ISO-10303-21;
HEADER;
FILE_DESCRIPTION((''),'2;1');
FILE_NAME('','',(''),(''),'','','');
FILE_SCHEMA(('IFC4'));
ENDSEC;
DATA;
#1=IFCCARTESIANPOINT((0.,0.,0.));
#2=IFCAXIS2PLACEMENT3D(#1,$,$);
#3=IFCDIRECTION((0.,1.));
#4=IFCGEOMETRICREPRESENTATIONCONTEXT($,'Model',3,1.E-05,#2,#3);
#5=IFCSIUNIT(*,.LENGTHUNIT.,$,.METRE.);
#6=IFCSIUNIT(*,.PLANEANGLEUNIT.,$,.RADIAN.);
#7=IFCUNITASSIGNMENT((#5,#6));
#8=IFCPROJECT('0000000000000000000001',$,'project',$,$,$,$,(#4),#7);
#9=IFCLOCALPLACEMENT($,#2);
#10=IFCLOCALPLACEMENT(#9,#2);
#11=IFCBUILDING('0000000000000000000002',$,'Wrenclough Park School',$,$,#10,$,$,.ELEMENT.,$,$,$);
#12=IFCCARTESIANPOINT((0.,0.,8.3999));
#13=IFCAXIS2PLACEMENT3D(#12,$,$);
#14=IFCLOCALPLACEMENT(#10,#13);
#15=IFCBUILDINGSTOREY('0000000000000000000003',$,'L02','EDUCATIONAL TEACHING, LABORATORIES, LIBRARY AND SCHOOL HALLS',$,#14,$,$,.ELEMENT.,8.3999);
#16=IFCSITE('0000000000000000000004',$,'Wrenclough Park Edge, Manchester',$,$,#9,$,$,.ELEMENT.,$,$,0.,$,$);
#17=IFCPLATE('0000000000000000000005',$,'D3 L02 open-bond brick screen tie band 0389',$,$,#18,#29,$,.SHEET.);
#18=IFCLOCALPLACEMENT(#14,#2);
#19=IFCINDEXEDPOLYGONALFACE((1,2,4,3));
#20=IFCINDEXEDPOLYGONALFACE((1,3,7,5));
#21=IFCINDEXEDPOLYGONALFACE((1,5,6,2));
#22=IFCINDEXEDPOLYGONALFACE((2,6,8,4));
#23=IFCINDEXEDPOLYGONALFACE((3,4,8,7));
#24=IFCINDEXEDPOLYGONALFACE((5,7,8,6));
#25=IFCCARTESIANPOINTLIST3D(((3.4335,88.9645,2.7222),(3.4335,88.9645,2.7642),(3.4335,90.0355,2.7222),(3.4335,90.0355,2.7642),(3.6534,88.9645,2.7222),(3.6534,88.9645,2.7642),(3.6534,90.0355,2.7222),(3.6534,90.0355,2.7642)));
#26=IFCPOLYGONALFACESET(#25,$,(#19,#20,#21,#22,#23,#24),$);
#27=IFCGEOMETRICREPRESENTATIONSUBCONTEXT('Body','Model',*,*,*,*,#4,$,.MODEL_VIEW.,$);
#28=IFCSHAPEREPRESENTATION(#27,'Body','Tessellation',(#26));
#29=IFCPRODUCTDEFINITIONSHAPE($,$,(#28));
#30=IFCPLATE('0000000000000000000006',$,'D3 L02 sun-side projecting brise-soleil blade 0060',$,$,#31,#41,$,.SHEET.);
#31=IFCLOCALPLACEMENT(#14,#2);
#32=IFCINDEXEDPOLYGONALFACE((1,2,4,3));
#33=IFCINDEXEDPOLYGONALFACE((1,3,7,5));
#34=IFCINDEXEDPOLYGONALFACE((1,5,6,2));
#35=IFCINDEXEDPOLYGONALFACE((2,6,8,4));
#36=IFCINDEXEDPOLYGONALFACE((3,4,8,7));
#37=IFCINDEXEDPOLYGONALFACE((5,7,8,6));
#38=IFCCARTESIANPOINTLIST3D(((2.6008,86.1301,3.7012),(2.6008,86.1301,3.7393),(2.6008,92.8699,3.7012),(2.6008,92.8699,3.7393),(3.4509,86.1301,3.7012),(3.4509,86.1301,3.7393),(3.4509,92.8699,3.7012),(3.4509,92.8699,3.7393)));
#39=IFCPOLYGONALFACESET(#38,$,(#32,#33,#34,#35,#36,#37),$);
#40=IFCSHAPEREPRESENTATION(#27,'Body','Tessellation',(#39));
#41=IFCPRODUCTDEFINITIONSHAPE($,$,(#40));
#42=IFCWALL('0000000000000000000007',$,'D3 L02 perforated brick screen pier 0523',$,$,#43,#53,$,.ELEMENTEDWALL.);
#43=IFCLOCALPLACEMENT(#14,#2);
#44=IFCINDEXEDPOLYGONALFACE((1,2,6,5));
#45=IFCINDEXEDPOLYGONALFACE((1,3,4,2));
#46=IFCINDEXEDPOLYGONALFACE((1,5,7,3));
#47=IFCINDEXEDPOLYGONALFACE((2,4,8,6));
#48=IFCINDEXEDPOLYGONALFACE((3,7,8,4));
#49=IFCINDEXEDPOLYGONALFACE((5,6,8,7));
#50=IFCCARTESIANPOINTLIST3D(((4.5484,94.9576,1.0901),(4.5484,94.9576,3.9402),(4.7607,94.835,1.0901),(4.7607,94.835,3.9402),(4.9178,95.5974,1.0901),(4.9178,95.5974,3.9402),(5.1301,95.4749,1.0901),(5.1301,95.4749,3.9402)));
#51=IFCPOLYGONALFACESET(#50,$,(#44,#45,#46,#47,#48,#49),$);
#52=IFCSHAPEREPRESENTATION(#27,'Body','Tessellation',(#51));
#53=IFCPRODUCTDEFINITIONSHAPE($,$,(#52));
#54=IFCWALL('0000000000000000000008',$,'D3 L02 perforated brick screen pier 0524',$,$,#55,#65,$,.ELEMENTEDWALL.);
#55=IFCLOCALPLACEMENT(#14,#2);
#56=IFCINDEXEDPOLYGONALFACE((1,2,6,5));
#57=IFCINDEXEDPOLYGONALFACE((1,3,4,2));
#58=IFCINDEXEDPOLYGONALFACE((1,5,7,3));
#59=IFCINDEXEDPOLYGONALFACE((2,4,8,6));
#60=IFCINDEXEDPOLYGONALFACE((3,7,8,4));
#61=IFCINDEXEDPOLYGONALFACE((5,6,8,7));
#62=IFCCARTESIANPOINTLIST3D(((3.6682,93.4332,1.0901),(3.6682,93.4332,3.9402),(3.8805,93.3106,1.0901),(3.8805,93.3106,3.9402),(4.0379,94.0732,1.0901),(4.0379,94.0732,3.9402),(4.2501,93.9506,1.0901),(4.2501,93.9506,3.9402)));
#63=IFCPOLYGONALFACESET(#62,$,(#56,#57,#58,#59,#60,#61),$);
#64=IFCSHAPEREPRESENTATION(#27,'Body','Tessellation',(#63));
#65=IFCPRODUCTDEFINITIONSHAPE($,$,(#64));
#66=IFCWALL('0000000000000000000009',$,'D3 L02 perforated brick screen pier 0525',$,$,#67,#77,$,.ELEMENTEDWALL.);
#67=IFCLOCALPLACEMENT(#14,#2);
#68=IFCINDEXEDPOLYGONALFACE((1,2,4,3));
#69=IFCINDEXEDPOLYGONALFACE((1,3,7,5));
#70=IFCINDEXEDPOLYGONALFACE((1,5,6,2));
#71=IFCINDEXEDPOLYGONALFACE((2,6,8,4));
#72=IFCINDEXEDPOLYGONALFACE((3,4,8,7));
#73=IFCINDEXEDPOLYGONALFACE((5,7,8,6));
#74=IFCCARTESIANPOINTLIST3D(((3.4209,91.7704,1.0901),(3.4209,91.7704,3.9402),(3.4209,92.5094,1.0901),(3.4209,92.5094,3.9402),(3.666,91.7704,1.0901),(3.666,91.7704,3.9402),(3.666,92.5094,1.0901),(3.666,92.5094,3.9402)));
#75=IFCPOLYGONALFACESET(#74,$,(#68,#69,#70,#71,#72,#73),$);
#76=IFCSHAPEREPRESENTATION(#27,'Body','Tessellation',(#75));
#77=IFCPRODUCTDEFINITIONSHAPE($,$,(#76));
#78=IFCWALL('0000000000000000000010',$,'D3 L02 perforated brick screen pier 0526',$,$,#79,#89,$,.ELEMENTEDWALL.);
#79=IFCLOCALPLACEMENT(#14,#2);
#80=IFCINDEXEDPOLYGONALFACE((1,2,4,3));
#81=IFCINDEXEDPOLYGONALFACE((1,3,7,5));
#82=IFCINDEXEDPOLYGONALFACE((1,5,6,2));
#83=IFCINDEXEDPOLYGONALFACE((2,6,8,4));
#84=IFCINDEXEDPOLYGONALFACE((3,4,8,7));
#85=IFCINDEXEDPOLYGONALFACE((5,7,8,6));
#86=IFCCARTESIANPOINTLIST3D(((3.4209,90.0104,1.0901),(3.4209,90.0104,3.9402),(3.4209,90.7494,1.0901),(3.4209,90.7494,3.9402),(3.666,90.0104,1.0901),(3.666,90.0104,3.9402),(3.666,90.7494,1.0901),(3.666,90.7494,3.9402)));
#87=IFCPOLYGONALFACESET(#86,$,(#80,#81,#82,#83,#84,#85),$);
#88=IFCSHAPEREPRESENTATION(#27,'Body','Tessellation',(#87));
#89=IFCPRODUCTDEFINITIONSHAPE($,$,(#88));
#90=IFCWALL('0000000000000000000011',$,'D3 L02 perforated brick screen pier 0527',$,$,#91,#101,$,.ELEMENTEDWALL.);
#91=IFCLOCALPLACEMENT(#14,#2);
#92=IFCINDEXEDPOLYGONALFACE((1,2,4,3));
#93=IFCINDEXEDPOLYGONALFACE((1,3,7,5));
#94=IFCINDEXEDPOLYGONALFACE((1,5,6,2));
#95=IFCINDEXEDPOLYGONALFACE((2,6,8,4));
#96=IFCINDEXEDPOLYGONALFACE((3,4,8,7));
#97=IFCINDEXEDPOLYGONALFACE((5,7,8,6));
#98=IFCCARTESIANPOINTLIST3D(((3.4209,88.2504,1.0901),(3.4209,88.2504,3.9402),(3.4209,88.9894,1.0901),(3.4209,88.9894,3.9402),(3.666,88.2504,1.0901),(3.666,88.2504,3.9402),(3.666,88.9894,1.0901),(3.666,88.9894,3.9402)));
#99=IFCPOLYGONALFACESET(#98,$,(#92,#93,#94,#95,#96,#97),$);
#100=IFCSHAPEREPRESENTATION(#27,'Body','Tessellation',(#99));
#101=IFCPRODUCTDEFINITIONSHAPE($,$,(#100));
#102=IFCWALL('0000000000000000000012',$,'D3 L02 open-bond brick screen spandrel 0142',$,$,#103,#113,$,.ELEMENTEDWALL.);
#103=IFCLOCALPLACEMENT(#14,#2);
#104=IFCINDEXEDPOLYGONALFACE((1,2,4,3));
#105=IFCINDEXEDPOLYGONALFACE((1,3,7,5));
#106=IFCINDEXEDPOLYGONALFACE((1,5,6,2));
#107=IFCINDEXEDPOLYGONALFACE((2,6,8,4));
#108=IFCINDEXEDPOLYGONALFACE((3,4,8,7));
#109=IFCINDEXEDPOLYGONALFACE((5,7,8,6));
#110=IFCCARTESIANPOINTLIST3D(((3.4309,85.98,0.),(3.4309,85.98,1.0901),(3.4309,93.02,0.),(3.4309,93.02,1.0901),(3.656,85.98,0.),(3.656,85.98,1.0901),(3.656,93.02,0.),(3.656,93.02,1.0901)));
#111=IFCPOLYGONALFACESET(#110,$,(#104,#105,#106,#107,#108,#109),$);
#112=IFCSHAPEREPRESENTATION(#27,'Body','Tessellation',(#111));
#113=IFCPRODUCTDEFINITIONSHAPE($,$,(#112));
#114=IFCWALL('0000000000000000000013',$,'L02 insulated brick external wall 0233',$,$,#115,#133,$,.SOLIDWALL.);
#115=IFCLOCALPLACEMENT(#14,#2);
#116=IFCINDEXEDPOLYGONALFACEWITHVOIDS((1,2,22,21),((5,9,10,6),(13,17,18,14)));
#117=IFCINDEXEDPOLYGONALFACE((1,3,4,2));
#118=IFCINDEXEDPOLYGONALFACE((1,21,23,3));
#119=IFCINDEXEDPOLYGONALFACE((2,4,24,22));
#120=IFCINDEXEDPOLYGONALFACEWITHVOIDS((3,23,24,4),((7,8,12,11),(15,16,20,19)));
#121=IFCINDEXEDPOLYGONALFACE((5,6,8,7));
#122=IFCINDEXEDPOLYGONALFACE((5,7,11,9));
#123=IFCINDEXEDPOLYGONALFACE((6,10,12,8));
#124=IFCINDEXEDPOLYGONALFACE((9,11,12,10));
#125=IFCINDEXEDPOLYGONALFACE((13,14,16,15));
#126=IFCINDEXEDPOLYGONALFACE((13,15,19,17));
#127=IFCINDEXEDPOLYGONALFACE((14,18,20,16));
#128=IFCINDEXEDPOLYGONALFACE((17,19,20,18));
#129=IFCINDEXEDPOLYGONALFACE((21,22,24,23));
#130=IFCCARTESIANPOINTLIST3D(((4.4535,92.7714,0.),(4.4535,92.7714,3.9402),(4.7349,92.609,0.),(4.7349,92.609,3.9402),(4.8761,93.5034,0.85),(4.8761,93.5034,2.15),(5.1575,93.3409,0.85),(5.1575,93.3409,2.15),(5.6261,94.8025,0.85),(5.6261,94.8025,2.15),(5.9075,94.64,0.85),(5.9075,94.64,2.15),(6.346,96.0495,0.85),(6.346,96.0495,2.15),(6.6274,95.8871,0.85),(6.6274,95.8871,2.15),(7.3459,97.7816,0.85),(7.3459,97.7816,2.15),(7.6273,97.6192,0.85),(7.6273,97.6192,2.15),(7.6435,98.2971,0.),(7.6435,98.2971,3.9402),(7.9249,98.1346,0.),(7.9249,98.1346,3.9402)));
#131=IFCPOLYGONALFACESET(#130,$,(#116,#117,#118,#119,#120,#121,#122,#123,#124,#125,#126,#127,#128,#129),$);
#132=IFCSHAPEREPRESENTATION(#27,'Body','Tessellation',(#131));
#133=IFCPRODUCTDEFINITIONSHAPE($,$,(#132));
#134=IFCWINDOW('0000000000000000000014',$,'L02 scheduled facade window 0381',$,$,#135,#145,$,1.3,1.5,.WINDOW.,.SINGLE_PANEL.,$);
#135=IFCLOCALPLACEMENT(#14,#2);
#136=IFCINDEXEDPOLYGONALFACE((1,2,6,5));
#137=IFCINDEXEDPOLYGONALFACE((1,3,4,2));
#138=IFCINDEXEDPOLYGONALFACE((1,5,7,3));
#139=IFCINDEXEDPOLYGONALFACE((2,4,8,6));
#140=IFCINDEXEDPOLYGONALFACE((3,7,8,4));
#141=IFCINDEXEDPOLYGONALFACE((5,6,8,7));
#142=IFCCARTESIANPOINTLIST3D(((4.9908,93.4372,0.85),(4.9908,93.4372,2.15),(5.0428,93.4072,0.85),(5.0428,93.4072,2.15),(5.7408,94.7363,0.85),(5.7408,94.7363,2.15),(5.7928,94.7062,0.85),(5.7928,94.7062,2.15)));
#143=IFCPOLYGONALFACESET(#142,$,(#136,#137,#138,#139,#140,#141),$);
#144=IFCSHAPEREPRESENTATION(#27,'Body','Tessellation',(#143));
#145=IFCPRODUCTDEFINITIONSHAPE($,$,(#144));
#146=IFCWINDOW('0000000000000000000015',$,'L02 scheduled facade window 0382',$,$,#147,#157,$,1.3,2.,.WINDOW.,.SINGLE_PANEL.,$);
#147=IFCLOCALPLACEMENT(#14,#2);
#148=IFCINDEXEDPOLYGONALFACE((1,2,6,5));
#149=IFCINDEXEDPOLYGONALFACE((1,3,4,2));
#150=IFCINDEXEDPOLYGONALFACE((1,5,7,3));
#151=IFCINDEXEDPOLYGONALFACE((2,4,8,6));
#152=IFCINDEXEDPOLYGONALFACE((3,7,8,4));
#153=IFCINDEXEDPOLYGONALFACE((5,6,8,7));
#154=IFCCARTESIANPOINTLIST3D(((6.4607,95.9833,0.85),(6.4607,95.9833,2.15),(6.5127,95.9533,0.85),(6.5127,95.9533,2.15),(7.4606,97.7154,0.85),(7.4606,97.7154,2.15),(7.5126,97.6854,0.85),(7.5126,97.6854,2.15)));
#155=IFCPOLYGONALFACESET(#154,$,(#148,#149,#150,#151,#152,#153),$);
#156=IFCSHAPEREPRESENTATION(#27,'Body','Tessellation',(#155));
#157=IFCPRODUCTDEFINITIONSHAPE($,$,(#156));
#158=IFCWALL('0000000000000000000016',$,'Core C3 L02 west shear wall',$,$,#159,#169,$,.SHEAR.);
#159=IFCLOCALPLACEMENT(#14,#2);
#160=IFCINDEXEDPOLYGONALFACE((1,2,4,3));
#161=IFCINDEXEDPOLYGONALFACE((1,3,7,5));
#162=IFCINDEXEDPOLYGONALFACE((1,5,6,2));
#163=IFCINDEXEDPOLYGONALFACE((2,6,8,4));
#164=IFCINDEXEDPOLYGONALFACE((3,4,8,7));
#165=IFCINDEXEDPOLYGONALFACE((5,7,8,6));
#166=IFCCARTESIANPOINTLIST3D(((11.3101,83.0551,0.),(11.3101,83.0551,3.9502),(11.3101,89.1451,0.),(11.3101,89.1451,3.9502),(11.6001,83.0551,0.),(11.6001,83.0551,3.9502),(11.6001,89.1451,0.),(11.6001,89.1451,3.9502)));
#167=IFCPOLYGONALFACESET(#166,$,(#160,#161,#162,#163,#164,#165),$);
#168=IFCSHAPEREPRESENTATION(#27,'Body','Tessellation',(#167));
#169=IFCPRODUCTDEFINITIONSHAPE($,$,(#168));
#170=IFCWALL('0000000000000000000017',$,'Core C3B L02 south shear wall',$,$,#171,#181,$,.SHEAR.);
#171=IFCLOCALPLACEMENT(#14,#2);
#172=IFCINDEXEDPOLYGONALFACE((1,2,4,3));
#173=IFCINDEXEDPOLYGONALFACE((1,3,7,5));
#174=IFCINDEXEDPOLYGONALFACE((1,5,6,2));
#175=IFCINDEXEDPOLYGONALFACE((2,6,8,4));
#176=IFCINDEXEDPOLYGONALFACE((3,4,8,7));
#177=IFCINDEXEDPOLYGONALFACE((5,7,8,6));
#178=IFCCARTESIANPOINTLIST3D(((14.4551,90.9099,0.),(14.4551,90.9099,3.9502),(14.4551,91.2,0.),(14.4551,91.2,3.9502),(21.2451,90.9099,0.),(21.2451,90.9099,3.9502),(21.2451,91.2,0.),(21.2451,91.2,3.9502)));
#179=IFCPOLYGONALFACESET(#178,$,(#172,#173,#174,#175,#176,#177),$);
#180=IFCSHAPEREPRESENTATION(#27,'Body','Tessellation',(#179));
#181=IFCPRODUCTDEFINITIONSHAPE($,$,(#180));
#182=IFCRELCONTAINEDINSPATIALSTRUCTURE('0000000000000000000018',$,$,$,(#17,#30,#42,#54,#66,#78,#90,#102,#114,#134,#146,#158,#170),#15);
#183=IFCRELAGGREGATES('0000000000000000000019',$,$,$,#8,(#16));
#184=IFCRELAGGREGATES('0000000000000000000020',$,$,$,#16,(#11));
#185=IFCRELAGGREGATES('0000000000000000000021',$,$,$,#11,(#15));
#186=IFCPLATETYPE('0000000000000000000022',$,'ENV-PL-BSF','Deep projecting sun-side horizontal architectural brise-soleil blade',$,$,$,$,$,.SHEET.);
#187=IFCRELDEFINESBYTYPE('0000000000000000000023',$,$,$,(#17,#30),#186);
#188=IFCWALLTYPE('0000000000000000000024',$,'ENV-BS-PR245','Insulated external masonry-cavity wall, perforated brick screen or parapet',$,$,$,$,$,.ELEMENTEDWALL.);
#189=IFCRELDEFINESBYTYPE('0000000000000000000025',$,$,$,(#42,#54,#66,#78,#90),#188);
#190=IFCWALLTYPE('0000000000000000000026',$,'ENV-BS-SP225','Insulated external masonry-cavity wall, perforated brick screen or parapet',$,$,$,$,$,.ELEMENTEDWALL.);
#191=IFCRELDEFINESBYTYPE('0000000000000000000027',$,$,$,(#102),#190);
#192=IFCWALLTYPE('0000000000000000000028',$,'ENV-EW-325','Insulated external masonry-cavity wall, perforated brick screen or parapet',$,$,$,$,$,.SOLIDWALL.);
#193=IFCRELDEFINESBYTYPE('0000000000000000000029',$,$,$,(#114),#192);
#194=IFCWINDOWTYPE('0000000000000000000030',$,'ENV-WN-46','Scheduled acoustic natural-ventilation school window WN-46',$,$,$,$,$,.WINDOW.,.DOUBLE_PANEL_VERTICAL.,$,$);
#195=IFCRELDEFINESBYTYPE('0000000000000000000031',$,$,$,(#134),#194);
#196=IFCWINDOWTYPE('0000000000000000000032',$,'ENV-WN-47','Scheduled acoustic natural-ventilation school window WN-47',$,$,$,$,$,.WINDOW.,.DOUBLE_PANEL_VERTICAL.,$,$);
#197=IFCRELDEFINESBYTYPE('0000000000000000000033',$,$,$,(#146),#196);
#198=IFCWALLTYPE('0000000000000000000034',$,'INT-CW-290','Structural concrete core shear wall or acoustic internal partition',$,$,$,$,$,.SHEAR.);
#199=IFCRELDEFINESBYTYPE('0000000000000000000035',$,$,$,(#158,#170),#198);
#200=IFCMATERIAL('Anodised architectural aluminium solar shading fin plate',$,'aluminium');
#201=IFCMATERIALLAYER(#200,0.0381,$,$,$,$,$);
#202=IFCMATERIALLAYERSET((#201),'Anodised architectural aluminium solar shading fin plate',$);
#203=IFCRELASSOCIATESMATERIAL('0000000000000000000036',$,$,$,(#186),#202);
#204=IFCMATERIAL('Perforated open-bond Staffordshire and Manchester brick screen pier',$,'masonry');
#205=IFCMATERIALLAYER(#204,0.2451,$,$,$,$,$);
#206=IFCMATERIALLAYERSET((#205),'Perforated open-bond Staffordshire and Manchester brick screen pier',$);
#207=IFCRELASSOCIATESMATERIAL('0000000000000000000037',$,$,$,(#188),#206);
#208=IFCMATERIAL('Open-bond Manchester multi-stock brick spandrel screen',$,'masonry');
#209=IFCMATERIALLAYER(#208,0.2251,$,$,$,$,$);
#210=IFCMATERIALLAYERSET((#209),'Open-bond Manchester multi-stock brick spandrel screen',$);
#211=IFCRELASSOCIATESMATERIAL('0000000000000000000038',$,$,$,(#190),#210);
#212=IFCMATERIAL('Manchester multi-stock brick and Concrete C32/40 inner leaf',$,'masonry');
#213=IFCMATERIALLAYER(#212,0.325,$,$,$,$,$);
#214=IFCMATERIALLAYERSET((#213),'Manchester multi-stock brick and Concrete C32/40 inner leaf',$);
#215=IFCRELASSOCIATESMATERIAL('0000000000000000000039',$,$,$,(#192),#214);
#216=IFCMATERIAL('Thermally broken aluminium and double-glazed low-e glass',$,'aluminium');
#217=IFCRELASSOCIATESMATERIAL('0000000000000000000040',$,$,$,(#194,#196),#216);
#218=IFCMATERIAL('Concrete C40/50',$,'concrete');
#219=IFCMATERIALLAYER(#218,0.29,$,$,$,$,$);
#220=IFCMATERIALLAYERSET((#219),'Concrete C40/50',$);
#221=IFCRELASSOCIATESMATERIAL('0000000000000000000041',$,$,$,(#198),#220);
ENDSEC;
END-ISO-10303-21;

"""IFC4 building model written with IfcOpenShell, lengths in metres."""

from ifc_helpers import new_model, si_unit, direction, frame, frame_2d, origin, origin_2d, place, context, subcontext, project, spatial, rectangle, extrude, material, layer, layer_set, type_object, element, fill, save


model = new_model("IFC4")

# Units and contexts
model_context = context("Model", 3, precision=1e-05, world=origin(), true_north=direction((0.0, 1.0)))
body_context = subcontext(model_context, "Body", "Model", "MODEL_VIEW")
ifc_project = project(units=[si_unit("LENGTHUNIT", "METRE"), si_unit("PLANEANGLEUNIT", "RADIAN")], contexts=[model_context])

# Site, building, storey
site_placement = place(None, origin())
site = spatial("IfcSite", under=ifc_project, at=site_placement, Name="Wrenclough Park Edge, Manchester", CompositionType="ELEMENT", RefElevation=0.0)
building_placement = place(site_placement, origin())
building = spatial("IfcBuilding", under=site, at=building_placement, Name="Wrenclough Park School", CompositionType="ELEMENT")
storey_placement = place(building_placement, frame((0.0, 0.0, 8.3999)))
storey = spatial("IfcBuildingStorey", under=building, at=storey_placement, Name="L02", Description="EDUCATIONAL TEACHING, LABORATORIES, LIBRARY AND SCHOOL HALLS", CompositionType="ELEMENT", Elevation=8.3999)

# Plates
ifc_material_1 = material(Name="Anodised architectural aluminium solar shading fin plate", Category="aluminium")
ifc_layer_1 = layer(ifc_material_1, 0.0381)
ifc_layer_set_1 = layer_set([ifc_layer_1], Name="Anodised architectural aluminium solar shading fin plate")
plate_type = type_object("IfcPlateType", Name="ENV-PL-BSF", Description="Deep projecting sun-side horizontal architectural brise-soleil blade", PredefinedType="SHEET", material=ifc_layer_set_1)
plate_1_placement = place(storey_placement, frame((3.5435, 89.5, 2.7222), z_axis=(0.0, 0.0, 1.0), x_axis=(0.0, -1.0, 0.0)))
element("IfcPlate", 1, at=plate_1_placement, inside=storey, type_object=plate_type, Name="D3 L02 open-bond brick screen tie band 0389", PredefinedType="SHEET", context=body_context, shape_type="SweptSolid", body=[
    extrude(rectangle(XDim=1.071, YDim=0.22, at=origin_2d()), origin(), (0.0, 0.0, 1.0), 0.042),
])
plate_2_placement = place(storey_placement, frame((3.0259, 89.5, 3.7012), z_axis=(0.0, 0.0, 1.0), x_axis=(0.0, -1.0, 0.0)))
element("IfcPlate", 2, at=plate_2_placement, inside=storey, type_object=plate_type, Name="D3 L02 sun-side projecting brise-soleil blade 0060", PredefinedType="SHEET", context=body_context, shape_type="SweptSolid", body=[
    extrude(rectangle(XDim=6.7397, YDim=0.8501, at=origin_2d()), origin(), (0.0, 0.0, 1.0), 0.0381),
])

# Walls
ifc_material_2 = material(Name="Perforated open-bond Staffordshire and Manchester brick screen pier", Category="masonry")
ifc_layer_2 = layer(ifc_material_2, 0.2451)
ifc_layer_set_2 = layer_set([ifc_layer_2], Name="Perforated open-bond Staffordshire and Manchester brick screen pier")
wall_type_1 = type_object("IfcWallType", Name="ENV-BS-PR245", Description="Insulated external masonry-cavity wall, perforated brick screen or parapet", PredefinedType="ELEMENTEDWALL", material=ifc_layer_set_2)
wall_1_placement = place(storey_placement, frame((5.0239, 95.5361, 1.0901), z_axis=(0.0, 0.0, 1.0), x_axis=(-0.499942, -0.866059, 0.0)))
element("IfcWall", 3, at=wall_1_placement, inside=storey, type_object=wall_type_1, Name="D3 L02 perforated brick screen pier 0523", PredefinedType="ELEMENTEDWALL", context=body_context, shape_type="SweptSolid", body=[
    extrude(rectangle(XDim=0.7388, YDim=0.2451, at=frame_2d((0.3694, 0.0))), origin(), (0.0, 0.0, 1.0), 2.8501),
])
for number, where, z_axis, x_axis, name in (
    (4, (4.144, 94.012, 1.0901), (0.0, 0.0, 1.0), (-0.50019, -0.865916, 0.0), "D3 L02 perforated brick screen pier 0524"),
    (5, (3.5435, 92.5095, 1.0901), (0.0, 0.0, 1.0), (0.0, -1.0, 0.0), "D3 L02 perforated brick screen pier 0525"),
    (6, (3.5435, 90.7495, 1.0901), (0.0, 0.0, 1.0), (0.0, -1.0, 0.0), "D3 L02 perforated brick screen pier 0526"),
    (7, (3.5435, 88.9895, 1.0901), (0.0, 0.0, 1.0), (0.0, -1.0, 0.0), "D3 L02 perforated brick screen pier 0527"),
):
    element("IfcWall", number, at=place(storey_placement, frame(where, z_axis=z_axis, x_axis=x_axis)), inside=storey, type_object=wall_type_1, Name=name, PredefinedType="ELEMENTEDWALL", context=body_context, shape_type="SweptSolid", body=[
        extrude(rectangle(XDim=0.739, YDim=0.2451, at=frame_2d((0.3696, 0.0))), origin(), (0.0, 0.0, 1.0), 2.8501),
    ])
ifc_material_3 = material(Name="Open-bond Manchester multi-stock brick spandrel screen", Category="masonry")
ifc_layer_3 = layer(ifc_material_3, 0.2251)
ifc_layer_set_3 = layer_set([ifc_layer_3], Name="Open-bond Manchester multi-stock brick spandrel screen")
wall_type_2 = type_object("IfcWallType", Name="ENV-BS-SP225", Description="Insulated external masonry-cavity wall, perforated brick screen or parapet", PredefinedType="ELEMENTEDWALL", material=ifc_layer_set_3)
wall_2_placement = place(storey_placement, frame((3.5435, 93.02, 0.0), z_axis=(0.0, 0.0, 1.0), x_axis=(0.0, -1.0, 0.0)))
element("IfcWall", 8, at=wall_2_placement, inside=storey, type_object=wall_type_2, Name="D3 L02 open-bond brick screen spandrel 0142", PredefinedType="ELEMENTEDWALL", context=body_context, shape_type="SweptSolid", body=[
    extrude(rectangle(XDim=7.04, YDim=0.2251, at=frame_2d((3.52, 0.0))), origin(), (0.0, 0.0, 1.0), 1.0901),
])

# Wall, openings, windows
ifc_material_4 = material(Name="Manchester multi-stock brick and Concrete C32/40 inner leaf", Category="masonry")
ifc_layer_4 = layer(ifc_material_4, 0.325)
ifc_layer_set_4 = layer_set([ifc_layer_4], Name="Manchester multi-stock brick and Concrete C32/40 inner leaf")
wall_type_3 = type_object("IfcWallType", Name="ENV-EW-325", Description="Insulated external masonry-cavity wall, perforated brick screen or parapet", PredefinedType="SOLIDWALL", material=ifc_layer_set_4)
wall_3_placement = place(storey_placement, frame((4.5942, 92.6902, 0.0), z_axis=(0.0, 0.0, 1.0), x_axis=(0.499966, 0.866045, 0.0)))
wall_3 = element("IfcWall", 9, at=wall_3_placement, inside=storey, type_object=wall_type_3, Name="L02 insulated brick external wall 0233", PredefinedType="SOLIDWALL", context=body_context, shape_type="SweptSolid", body=[
    extrude(rectangle(XDim=6.3804, YDim=0.325, at=frame_2d((3.1902, 0.0))), origin(), (0.0, 0.0, 1.0), 3.9402),
])
opening_1_placement = place(wall_3_placement, frame((0.8452, 0.0, 0.8501)))
opening_1 = element("IfcOpeningElement", 10, at=opening_1_placement, cuts=wall_3, PredefinedType="OPENING", context=body_context, shape_type="SweptSolid", body=[
    extrude(rectangle(XDim=1.5, YDim=1.3, at=frame_2d((0.75, 0.6499))), frame((0.0, 0.1724, 0.0), z_axis=(0.0, -1.0, 0.0), x_axis=(1.0, 0.0, 0.0)), (0.0, 0.0, 1.0), 0.345),
])
opening_2_placement = place(wall_3_placement, frame((3.7852, 0.0, 0.8501)))
opening_2 = element("IfcOpeningElement", 11, at=opening_2_placement, cuts=wall_3, PredefinedType="OPENING", context=body_context, shape_type="SweptSolid", body=[
    extrude(rectangle(XDim=2.0, YDim=1.3, at=frame_2d((1.0, 0.6499))), frame((0.0, 0.1724, 0.0), z_axis=(0.0, -1.0, 0.0), x_axis=(1.0, 0.0, 0.0)), (0.0, 0.0, 1.0), 0.345),
])
ifc_material_5 = material(Name="Thermally broken aluminium and double-glazed low-e glass", Category="aluminium")
window_type_1 = type_object("IfcWindowType", Name="ENV-WN-46", Description="Scheduled acoustic natural-ventilation school window WN-46", PartitioningType="DOUBLE_PANEL_VERTICAL", PredefinedType="WINDOW", material=ifc_material_5)
window_1_placement = place(opening_1_placement, origin())
window_1 = element("IfcWindow", 12, at=window_1_placement, inside=storey, type_object=window_type_1, Name="L02 scheduled facade window 0381", OverallHeight=1.3, OverallWidth=1.5, PartitioningType="SINGLE_PANEL", PredefinedType="WINDOW", context=body_context, shape_type="SweptSolid", body=[
    extrude(rectangle(XDim=1.5, YDim=1.3, at=frame_2d((0.75, 0.6499))), frame((0.0, 0.03, 0.0), z_axis=(0.0, -1.0, 0.0), x_axis=(1.0, 0.0, 0.0)), (0.0, 0.0, 1.0), 0.0601),
])
fill(opening_1, window_1)
window_type_2 = type_object("IfcWindowType", Name="ENV-WN-47", Description="Scheduled acoustic natural-ventilation school window WN-47", PartitioningType="DOUBLE_PANEL_VERTICAL", PredefinedType="WINDOW", material=ifc_material_5)
window_2_placement = place(opening_2_placement, origin())
window_2 = element("IfcWindow", 13, at=window_2_placement, inside=storey, type_object=window_type_2, Name="L02 scheduled facade window 0382", OverallHeight=1.3, OverallWidth=2.0, PartitioningType="SINGLE_PANEL", PredefinedType="WINDOW", context=body_context, shape_type="SweptSolid", body=[
    extrude(rectangle(XDim=2.0, YDim=1.3, at=frame_2d((1.0, 0.6499))), frame((0.0, 0.03, 0.0), z_axis=(0.0, -1.0, 0.0), x_axis=(1.0, 0.0, 0.0)), (0.0, 0.0, 1.0), 0.0601),
])
fill(opening_2, window_2)

# Walls
ifc_material_6 = material(Name="Concrete C40/50", Category="concrete")
ifc_layer_5 = layer(ifc_material_6, 0.29)
ifc_layer_set_5 = layer_set([ifc_layer_5], Name="Concrete C40/50")
wall_type_4 = type_object("IfcWallType", Name="INT-CW-290", Description="Structural concrete core shear wall or acoustic internal partition", PredefinedType="SHEAR", material=ifc_layer_set_5)
wall_4_placement = place(storey_placement, frame((11.4551, 89.145, 0.0), z_axis=(0.0, 0.0, 1.0), x_axis=(0.0, -1.0, 0.0)))
element("IfcWall", 14, at=wall_4_placement, inside=storey, type_object=wall_type_4, Name="Core C3 L02 west shear wall", PredefinedType="SHEAR", context=body_context, shape_type="SweptSolid", body=[
    extrude(rectangle(XDim=6.0901, YDim=0.29, at=frame_2d((3.0449, 0.0))), origin(), (0.0, 0.0, 1.0), 3.9502),
])
wall_5_placement = place(storey_placement, frame((14.4551, 91.0549, 0.0), z_axis=(0.0, 0.0, 1.0), x_axis=(1.0, 0.0, 0.0)))
element("IfcWall", 15, at=wall_5_placement, inside=storey, type_object=wall_type_4, Name="Core C3B L02 south shear wall", PredefinedType="SHEAR", context=body_context, shape_type="SweptSolid", body=[
    extrude(rectangle(XDim=6.79, YDim=0.29, at=frame_2d((3.395, 0.0))), origin(), (0.0, 0.0, 1.0), 3.9502),
])

save(model, "model.ifc")
